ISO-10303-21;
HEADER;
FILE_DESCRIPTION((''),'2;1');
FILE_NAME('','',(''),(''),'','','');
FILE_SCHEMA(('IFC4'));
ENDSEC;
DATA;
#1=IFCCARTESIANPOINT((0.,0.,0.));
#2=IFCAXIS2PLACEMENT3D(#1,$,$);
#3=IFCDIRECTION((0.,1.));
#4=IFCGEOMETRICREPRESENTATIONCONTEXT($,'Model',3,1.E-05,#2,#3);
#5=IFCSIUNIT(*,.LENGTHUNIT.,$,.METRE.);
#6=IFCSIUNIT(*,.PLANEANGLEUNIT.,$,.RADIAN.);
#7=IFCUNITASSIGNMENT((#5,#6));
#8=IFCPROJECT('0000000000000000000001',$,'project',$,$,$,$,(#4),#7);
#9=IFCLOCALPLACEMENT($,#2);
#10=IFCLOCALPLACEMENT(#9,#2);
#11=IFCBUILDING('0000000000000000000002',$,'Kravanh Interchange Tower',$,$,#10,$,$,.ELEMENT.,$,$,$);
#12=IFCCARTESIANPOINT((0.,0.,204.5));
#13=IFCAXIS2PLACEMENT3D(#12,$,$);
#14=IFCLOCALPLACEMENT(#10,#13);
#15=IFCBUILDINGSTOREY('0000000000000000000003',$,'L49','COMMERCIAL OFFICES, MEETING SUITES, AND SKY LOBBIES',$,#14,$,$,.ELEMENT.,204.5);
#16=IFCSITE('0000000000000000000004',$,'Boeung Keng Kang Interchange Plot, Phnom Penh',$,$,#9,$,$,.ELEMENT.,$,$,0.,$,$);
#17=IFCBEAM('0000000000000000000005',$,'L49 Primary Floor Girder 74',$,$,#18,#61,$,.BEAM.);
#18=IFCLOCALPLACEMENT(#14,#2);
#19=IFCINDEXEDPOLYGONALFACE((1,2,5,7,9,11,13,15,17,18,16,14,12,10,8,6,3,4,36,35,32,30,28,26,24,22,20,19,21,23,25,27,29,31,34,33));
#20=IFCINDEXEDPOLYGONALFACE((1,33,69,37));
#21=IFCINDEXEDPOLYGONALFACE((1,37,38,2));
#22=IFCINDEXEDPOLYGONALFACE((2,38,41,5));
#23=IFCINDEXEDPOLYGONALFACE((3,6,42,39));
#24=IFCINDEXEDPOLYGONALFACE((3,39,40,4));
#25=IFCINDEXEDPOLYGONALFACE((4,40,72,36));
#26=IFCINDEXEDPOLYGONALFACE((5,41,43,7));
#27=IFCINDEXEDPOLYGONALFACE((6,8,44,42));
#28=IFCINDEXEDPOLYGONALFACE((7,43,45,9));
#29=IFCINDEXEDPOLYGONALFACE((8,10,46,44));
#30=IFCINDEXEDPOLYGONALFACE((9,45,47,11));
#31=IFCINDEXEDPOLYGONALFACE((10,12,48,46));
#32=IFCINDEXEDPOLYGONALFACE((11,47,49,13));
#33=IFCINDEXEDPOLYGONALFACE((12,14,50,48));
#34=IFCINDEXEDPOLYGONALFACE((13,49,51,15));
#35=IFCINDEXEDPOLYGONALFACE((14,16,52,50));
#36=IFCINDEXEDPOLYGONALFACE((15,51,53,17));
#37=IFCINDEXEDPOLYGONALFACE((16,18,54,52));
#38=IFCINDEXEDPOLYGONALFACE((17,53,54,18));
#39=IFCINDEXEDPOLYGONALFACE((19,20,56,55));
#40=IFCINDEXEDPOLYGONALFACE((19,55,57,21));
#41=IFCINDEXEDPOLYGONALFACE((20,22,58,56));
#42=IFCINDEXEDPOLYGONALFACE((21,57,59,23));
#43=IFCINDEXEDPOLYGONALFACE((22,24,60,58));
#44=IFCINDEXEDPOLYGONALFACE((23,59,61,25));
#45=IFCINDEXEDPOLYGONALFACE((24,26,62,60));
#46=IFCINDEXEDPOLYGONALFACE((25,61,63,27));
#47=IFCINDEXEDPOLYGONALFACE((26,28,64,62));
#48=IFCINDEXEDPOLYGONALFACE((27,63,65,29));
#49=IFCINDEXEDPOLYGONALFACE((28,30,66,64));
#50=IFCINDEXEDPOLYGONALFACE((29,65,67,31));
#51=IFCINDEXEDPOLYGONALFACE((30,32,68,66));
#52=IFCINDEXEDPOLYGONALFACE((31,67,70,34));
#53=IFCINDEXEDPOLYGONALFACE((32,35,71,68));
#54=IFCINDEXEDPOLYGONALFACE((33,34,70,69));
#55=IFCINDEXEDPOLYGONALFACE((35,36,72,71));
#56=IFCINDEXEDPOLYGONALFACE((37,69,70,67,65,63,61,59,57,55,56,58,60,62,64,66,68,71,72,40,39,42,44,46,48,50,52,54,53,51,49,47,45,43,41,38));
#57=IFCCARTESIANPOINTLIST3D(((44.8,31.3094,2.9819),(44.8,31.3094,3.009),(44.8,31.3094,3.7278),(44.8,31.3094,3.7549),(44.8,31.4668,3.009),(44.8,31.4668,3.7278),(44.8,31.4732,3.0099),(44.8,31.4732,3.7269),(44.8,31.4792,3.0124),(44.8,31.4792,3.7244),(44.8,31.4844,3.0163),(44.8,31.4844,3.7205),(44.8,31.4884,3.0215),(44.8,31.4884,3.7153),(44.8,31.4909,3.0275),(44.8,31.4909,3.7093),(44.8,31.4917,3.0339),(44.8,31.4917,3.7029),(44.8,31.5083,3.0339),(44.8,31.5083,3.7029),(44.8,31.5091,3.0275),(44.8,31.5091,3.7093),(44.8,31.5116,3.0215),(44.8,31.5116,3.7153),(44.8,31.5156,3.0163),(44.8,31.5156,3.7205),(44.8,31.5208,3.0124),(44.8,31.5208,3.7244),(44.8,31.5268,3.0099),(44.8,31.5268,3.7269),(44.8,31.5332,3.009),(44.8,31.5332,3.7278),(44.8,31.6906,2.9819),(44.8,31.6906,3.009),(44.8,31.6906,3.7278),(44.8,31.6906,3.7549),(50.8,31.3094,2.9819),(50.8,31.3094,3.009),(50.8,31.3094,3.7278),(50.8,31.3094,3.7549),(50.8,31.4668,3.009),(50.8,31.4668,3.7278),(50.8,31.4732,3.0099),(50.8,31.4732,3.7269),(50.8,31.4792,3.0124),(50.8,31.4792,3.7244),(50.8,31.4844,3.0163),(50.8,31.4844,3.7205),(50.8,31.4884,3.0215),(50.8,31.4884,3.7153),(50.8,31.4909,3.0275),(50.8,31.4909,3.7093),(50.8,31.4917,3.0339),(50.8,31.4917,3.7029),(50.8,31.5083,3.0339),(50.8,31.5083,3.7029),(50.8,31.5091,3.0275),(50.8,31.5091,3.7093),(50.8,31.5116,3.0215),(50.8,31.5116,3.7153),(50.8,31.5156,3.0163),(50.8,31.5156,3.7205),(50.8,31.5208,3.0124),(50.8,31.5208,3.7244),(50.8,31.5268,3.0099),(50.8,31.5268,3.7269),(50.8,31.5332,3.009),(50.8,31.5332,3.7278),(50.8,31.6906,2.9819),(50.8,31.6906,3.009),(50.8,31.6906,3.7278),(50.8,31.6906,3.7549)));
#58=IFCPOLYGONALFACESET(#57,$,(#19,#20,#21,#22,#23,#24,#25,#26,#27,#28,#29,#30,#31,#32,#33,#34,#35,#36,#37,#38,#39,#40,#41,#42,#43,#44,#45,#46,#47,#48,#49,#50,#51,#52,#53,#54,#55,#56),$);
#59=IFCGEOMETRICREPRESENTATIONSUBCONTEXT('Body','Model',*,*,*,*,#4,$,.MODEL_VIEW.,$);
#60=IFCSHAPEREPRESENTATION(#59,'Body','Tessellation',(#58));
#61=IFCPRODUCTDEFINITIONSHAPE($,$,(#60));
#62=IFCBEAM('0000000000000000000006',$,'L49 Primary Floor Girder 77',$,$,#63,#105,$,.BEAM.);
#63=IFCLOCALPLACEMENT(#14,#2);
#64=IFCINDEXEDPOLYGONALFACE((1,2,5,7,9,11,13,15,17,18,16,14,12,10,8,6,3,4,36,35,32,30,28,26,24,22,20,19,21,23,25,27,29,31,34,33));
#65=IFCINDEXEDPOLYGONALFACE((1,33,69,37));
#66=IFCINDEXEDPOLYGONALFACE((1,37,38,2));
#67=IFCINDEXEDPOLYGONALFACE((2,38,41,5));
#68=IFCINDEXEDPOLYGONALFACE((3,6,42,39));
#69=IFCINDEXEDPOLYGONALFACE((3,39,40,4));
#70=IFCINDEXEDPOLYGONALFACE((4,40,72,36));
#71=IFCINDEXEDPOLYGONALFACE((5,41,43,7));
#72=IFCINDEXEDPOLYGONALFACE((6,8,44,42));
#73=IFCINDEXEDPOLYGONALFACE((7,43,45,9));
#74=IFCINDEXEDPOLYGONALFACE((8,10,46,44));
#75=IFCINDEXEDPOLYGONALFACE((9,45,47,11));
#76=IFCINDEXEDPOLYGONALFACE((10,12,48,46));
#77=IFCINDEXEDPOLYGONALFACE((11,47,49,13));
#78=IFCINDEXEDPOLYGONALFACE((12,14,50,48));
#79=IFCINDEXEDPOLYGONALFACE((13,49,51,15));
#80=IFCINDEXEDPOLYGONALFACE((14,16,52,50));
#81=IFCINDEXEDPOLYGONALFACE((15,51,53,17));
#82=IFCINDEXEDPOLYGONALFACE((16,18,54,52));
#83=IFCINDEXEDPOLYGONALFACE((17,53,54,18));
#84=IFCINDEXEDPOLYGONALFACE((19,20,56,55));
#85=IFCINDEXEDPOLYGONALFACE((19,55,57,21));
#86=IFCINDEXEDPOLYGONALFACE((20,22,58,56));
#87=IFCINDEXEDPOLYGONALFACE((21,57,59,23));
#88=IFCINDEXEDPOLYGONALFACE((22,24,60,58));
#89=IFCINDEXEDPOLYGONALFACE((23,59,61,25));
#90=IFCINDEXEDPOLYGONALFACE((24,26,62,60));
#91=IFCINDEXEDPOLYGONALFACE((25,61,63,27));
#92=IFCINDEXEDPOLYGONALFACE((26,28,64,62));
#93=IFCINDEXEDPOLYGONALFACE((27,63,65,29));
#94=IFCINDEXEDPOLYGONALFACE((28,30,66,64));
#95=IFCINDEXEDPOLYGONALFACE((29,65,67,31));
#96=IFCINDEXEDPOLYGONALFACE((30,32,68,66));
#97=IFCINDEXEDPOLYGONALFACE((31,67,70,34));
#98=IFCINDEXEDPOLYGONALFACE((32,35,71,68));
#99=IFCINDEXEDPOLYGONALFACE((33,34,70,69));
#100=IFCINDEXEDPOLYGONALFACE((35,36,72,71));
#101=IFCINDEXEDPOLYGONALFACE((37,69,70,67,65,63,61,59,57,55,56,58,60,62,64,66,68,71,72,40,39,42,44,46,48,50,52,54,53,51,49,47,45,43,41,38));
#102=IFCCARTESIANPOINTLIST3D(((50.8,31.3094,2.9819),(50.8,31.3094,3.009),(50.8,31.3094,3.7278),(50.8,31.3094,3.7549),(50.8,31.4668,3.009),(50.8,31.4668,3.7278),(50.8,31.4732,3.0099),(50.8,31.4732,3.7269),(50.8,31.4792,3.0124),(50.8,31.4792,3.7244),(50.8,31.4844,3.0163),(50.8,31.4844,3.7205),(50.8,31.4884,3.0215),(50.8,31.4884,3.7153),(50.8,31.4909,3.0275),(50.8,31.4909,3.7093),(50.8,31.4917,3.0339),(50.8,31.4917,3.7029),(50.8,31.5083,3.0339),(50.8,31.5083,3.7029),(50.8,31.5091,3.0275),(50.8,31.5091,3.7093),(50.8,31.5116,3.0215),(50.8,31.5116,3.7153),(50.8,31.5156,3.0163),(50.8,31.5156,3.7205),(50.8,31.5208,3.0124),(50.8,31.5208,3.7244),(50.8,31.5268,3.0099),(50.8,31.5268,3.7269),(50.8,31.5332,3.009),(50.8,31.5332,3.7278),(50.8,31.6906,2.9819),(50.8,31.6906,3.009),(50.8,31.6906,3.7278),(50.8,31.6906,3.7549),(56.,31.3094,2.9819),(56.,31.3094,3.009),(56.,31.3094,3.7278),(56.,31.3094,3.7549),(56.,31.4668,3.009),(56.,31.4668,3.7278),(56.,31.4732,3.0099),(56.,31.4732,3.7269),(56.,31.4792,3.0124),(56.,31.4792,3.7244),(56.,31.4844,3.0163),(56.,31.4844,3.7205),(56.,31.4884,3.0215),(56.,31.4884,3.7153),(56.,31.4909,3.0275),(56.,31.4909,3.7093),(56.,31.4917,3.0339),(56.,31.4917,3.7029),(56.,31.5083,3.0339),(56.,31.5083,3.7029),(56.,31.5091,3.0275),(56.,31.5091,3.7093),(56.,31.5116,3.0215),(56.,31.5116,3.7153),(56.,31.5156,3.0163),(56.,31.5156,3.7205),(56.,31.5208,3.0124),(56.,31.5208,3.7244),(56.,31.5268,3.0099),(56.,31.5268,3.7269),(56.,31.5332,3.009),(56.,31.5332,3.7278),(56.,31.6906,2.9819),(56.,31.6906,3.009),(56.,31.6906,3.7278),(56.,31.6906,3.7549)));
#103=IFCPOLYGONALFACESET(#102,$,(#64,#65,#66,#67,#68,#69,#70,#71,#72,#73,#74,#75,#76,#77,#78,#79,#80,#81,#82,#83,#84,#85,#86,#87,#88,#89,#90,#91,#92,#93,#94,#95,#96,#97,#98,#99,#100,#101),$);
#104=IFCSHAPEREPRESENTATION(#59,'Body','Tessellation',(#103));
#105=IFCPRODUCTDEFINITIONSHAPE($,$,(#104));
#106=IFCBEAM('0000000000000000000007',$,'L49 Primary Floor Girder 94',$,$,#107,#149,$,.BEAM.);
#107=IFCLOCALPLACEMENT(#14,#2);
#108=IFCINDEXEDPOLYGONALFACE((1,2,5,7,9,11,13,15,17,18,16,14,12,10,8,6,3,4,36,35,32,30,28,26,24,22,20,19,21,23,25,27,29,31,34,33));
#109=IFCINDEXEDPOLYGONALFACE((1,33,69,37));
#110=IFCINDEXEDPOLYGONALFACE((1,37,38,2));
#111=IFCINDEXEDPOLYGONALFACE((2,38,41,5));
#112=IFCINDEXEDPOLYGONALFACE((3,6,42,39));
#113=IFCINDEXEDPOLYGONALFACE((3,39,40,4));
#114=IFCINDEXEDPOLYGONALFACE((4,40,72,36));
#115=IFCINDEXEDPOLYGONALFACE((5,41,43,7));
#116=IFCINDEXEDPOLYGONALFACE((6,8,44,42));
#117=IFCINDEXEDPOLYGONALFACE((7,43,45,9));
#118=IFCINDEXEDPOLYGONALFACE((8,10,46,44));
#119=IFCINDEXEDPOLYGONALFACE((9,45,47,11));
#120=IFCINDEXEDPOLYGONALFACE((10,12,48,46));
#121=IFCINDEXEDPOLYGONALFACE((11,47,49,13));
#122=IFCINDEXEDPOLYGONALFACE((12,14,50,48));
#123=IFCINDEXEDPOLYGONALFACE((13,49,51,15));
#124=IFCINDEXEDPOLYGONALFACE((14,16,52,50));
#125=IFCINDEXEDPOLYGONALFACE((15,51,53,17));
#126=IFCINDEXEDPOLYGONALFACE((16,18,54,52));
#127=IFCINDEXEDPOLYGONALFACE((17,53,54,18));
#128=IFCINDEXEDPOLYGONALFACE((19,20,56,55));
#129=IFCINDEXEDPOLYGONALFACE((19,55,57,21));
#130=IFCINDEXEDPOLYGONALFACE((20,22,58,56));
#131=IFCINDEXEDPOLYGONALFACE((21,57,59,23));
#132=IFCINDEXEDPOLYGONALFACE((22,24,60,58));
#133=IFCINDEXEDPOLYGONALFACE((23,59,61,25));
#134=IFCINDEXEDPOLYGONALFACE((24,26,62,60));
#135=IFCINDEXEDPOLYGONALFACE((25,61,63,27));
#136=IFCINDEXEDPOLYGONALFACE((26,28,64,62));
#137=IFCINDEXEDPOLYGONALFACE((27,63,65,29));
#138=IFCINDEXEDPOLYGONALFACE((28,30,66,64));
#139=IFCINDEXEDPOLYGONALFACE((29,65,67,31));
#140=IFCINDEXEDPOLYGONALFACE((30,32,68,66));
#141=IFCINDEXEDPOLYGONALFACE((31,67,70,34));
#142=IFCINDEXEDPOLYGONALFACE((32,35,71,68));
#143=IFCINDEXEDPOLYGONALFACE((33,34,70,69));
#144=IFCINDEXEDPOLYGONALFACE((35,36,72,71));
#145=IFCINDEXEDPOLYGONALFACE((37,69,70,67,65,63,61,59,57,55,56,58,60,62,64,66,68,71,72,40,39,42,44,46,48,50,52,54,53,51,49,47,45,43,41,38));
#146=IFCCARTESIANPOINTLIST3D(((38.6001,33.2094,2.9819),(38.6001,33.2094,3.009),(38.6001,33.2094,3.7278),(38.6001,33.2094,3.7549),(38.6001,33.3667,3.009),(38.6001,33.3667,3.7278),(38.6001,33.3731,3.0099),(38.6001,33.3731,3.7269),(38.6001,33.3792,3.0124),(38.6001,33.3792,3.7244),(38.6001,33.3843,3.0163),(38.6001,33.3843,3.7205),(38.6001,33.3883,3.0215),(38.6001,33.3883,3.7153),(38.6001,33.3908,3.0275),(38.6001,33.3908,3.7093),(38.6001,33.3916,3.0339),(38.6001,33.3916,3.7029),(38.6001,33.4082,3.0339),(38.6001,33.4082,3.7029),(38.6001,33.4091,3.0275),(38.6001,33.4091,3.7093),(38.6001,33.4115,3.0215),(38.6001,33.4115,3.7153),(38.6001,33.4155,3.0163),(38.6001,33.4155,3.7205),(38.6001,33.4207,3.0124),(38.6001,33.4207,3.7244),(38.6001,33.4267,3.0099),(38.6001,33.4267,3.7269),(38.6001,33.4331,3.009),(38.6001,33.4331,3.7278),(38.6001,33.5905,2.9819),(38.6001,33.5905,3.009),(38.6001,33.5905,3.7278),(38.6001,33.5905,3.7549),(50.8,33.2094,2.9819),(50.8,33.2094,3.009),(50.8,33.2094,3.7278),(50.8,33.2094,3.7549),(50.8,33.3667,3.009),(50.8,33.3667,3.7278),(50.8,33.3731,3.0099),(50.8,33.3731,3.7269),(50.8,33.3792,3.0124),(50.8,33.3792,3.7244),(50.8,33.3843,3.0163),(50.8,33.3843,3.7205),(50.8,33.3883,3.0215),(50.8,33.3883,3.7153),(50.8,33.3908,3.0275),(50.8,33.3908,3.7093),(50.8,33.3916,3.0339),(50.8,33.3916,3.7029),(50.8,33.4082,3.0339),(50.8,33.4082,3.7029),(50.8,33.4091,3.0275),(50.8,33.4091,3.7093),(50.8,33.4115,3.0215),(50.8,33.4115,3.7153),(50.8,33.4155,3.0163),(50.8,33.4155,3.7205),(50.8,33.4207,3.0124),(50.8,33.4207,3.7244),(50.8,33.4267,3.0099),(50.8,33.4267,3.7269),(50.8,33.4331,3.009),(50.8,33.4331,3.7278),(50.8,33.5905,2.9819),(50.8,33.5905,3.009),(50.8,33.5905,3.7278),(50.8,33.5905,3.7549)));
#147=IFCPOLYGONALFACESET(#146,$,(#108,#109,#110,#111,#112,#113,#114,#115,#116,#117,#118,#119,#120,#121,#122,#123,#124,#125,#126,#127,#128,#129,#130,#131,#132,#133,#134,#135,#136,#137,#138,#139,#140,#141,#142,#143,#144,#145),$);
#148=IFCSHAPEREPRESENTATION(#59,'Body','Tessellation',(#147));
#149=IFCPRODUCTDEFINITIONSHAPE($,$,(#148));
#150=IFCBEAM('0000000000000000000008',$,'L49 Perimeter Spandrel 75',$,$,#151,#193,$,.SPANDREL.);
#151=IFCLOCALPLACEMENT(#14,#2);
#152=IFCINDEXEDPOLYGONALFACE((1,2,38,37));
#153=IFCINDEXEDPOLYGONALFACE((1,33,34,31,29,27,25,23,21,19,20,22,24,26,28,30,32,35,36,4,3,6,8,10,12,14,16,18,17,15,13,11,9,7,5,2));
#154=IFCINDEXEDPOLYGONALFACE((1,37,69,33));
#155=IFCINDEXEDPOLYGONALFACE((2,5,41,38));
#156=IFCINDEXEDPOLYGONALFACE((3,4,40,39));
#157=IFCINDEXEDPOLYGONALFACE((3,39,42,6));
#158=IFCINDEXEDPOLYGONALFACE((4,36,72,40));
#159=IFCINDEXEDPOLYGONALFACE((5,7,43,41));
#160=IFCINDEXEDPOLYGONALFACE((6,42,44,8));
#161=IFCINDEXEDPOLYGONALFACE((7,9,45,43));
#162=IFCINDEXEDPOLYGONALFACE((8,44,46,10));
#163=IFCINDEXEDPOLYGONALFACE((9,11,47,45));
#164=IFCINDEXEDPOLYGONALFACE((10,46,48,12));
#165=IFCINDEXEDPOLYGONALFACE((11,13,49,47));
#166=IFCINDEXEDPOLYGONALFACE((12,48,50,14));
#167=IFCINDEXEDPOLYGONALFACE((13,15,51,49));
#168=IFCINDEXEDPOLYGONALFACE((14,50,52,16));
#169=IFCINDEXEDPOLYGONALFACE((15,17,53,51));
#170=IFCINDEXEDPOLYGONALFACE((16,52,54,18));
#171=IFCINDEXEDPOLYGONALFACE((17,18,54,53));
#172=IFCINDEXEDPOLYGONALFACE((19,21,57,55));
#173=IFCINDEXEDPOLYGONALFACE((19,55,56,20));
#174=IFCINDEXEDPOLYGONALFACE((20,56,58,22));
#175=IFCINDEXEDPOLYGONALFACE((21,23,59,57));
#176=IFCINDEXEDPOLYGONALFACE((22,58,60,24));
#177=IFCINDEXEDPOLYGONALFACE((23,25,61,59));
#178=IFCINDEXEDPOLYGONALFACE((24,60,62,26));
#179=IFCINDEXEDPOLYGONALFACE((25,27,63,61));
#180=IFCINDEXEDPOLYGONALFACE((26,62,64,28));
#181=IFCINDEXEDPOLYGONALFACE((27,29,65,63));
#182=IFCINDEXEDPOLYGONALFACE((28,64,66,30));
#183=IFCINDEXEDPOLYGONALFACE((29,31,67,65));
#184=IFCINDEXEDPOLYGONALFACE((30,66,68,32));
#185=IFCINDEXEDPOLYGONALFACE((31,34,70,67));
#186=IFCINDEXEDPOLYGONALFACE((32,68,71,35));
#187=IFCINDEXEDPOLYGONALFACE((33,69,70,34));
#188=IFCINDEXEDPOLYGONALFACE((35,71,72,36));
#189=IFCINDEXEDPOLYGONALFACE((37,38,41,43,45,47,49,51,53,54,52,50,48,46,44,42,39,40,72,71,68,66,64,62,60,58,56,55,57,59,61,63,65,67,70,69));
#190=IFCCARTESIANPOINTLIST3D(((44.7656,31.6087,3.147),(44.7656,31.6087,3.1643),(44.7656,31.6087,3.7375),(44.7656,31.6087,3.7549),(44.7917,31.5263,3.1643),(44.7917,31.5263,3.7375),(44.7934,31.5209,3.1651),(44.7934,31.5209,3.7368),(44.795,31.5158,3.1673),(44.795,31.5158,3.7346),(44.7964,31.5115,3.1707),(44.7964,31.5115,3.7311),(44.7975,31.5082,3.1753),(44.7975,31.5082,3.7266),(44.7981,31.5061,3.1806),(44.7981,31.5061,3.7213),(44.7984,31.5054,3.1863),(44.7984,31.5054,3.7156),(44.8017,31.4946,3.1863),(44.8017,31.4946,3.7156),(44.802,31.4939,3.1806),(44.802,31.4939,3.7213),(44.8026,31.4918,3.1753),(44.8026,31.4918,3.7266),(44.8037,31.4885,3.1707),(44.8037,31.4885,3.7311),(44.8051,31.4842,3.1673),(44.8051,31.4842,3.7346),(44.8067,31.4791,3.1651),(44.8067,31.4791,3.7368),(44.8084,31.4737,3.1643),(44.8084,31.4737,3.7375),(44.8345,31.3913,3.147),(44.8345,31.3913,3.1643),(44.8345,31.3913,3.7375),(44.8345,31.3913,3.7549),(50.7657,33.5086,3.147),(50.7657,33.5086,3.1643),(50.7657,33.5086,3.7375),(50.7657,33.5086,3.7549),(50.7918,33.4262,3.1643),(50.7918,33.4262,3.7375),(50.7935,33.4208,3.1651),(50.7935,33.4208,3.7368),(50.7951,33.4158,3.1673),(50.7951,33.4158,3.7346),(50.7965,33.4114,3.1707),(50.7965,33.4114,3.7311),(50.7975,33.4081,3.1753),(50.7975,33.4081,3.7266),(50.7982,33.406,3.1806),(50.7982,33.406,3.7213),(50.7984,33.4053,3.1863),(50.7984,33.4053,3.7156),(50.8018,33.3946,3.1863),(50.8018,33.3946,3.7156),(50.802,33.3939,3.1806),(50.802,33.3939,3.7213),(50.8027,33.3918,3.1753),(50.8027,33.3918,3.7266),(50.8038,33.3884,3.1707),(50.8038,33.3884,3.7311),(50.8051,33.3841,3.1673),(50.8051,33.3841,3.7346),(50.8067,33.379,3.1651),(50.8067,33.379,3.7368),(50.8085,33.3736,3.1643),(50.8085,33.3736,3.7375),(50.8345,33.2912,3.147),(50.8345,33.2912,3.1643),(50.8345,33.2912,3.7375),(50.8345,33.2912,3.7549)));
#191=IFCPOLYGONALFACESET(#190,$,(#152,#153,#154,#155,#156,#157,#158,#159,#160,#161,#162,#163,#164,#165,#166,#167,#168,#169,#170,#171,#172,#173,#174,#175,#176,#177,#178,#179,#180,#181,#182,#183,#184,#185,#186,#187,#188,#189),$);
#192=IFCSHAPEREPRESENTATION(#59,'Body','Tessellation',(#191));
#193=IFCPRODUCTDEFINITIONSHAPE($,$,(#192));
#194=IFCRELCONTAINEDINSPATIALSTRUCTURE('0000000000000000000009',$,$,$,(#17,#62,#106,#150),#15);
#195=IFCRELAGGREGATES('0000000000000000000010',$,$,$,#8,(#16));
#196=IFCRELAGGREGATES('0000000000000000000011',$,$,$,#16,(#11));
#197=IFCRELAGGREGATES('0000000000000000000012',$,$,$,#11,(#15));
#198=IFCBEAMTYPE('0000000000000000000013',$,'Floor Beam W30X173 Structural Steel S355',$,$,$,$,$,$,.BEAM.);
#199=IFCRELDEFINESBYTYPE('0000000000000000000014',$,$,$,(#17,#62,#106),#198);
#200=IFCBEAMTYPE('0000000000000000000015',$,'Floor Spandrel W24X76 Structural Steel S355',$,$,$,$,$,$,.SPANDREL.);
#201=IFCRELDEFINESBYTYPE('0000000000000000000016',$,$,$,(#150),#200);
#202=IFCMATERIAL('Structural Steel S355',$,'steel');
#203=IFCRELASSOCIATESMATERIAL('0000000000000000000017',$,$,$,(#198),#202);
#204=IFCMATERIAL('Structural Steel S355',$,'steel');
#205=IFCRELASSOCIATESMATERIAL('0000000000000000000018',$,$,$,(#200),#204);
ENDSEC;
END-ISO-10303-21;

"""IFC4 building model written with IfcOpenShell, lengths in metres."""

from ifc_helpers import new_model, si_unit, direction, frame, origin, origin_2d, place, context, subcontext, project, spatial, i_section, extrude, material, material_profile, profile_set, type_object, element, save


model = new_model("IFC4")

# Units and contexts
model_context = context("Model", 3, precision=1e-05, world=origin(), true_north=direction((0.0, 1.0)))
body_context = subcontext(model_context, "Body", "Model", "MODEL_VIEW")
ifc_project = project(units=[si_unit("LENGTHUNIT", "METRE"), si_unit("PLANEANGLEUNIT", "RADIAN")], contexts=[model_context])

# Site, building, storey
site_placement = place(None, origin())
site = spatial("IfcSite", under=ifc_project, at=site_placement, Name="Boeung Keng Kang Interchange Plot, Phnom Penh", CompositionType="ELEMENT", RefElevation=0.0)
building_placement = place(site_placement, origin())
building = spatial("IfcBuilding", under=site, at=building_placement, Name="Kravanh Interchange Tower", CompositionType="ELEMENT")
storey_placement = place(building_placement, frame((0.0, 0.0, 204.5)))
storey = spatial("IfcBuildingStorey", under=building, at=storey_placement, Name="L49", Description="COMMERCIAL OFFICES, MEETING SUITES, AND SKY LOBBIES", CompositionType="ELEMENT", Elevation=204.5)

# Beams
ifc_material_1 = material(Name="Structural Steel S355", Category="steel")
ifc_material_profile_1 = material_profile(ifc_material_1, i_section(OverallWidth=0.3811, OverallDepth=0.7729, WebThickness=0.0166, FlangeThickness=0.0271, FilletRadius=0.0249, at=origin_2d()), Name="W30X173")
ifc_profile_set_1 = profile_set([ifc_material_profile_1], Name="Structural Steel S355")
beam_type_1 = type_object("IfcBeamType", Name="Floor Beam W30X173 Structural Steel S355", PredefinedType="BEAM", material=ifc_profile_set_1)
beam_1_placement = place(storey_placement, frame((44.8, 31.5, 3.3684), z_axis=(1.0, 0.0, 0.0), x_axis=(0.0, 1.0, 0.0)))
element("IfcBeam", 1, at=beam_1_placement, inside=storey, type_object=beam_type_1, Name="L49 Primary Floor Girder 74", PredefinedType="BEAM", context=body_context, shape_type="SweptSolid", body=[
    extrude(i_section(OverallWidth=0.3811, OverallDepth=0.7729, WebThickness=0.0166, FlangeThickness=0.0271, FilletRadius=0.0249, at=origin_2d()), origin(), (0.0, 0.0, 1.0), 6.0),
])
beam_2_placement = place(storey_placement, frame((50.8, 31.5, 3.3684), z_axis=(1.0, 0.0, 0.0), x_axis=(0.0, 1.0, 0.0)))
element("IfcBeam", 2, at=beam_2_placement, inside=storey, type_object=beam_type_1, Name="L49 Primary Floor Girder 77", PredefinedType="BEAM", context=body_context, shape_type="SweptSolid", body=[
    extrude(i_section(OverallWidth=0.3811, OverallDepth=0.7729, WebThickness=0.0166, FlangeThickness=0.0271, FilletRadius=0.0249, at=origin_2d()), origin(), (0.0, 0.0, 1.0), 5.2),
])
beam_3_placement = place(storey_placement, frame((38.6001, 33.3999, 3.3684), z_axis=(1.0, 0.0, 0.0), x_axis=(0.0, 1.0, 0.0)))
element("IfcBeam", 3, at=beam_3_placement, inside=storey, type_object=beam_type_1, Name="L49 Primary Floor Girder 94", PredefinedType="BEAM", context=body_context, shape_type="SweptSolid", body=[
    extrude(i_section(OverallWidth=0.3811, OverallDepth=0.7729, WebThickness=0.0166, FlangeThickness=0.0271, FilletRadius=0.0249, at=origin_2d()), origin(), (0.0, 0.0, 1.0), 12.2),
])
ifc_material_2 = material(Name="Structural Steel S355", Category="steel")
ifc_material_profile_2 = material_profile(ifc_material_2, i_section(OverallWidth=0.228, OverallDepth=0.6079, WebThickness=0.0112, FlangeThickness=0.0173, FilletRadius=0.022, at=origin_2d()), Name="W24X76")
ifc_profile_set_2 = profile_set([ifc_material_profile_2], Name="Structural Steel S355")
beam_type_2 = type_object("IfcBeamType", Name="Floor Spandrel W24X76 Structural Steel S355", PredefinedType="SPANDREL", material=ifc_profile_set_2)
beam_4_placement = place(storey_placement, frame((44.8, 31.5, 3.4509), z_axis=(0.953347, 0.301878, 0.0), x_axis=(-0.301878, 0.953347, 0.0)))
element("IfcBeam", 4, at=beam_4_placement, inside=storey, type_object=beam_type_2, Name="L49 Perimeter Spandrel 75", PredefinedType="SPANDREL", context=body_context, shape_type="SweptSolid", body=[
    extrude(i_section(OverallWidth=0.228, OverallDepth=0.6079, WebThickness=0.0112, FlangeThickness=0.0173, FilletRadius=0.022, at=origin_2d()), origin(), (0.0, 0.0, 1.0), 6.2937),
])

save(model, "model.ifc")
